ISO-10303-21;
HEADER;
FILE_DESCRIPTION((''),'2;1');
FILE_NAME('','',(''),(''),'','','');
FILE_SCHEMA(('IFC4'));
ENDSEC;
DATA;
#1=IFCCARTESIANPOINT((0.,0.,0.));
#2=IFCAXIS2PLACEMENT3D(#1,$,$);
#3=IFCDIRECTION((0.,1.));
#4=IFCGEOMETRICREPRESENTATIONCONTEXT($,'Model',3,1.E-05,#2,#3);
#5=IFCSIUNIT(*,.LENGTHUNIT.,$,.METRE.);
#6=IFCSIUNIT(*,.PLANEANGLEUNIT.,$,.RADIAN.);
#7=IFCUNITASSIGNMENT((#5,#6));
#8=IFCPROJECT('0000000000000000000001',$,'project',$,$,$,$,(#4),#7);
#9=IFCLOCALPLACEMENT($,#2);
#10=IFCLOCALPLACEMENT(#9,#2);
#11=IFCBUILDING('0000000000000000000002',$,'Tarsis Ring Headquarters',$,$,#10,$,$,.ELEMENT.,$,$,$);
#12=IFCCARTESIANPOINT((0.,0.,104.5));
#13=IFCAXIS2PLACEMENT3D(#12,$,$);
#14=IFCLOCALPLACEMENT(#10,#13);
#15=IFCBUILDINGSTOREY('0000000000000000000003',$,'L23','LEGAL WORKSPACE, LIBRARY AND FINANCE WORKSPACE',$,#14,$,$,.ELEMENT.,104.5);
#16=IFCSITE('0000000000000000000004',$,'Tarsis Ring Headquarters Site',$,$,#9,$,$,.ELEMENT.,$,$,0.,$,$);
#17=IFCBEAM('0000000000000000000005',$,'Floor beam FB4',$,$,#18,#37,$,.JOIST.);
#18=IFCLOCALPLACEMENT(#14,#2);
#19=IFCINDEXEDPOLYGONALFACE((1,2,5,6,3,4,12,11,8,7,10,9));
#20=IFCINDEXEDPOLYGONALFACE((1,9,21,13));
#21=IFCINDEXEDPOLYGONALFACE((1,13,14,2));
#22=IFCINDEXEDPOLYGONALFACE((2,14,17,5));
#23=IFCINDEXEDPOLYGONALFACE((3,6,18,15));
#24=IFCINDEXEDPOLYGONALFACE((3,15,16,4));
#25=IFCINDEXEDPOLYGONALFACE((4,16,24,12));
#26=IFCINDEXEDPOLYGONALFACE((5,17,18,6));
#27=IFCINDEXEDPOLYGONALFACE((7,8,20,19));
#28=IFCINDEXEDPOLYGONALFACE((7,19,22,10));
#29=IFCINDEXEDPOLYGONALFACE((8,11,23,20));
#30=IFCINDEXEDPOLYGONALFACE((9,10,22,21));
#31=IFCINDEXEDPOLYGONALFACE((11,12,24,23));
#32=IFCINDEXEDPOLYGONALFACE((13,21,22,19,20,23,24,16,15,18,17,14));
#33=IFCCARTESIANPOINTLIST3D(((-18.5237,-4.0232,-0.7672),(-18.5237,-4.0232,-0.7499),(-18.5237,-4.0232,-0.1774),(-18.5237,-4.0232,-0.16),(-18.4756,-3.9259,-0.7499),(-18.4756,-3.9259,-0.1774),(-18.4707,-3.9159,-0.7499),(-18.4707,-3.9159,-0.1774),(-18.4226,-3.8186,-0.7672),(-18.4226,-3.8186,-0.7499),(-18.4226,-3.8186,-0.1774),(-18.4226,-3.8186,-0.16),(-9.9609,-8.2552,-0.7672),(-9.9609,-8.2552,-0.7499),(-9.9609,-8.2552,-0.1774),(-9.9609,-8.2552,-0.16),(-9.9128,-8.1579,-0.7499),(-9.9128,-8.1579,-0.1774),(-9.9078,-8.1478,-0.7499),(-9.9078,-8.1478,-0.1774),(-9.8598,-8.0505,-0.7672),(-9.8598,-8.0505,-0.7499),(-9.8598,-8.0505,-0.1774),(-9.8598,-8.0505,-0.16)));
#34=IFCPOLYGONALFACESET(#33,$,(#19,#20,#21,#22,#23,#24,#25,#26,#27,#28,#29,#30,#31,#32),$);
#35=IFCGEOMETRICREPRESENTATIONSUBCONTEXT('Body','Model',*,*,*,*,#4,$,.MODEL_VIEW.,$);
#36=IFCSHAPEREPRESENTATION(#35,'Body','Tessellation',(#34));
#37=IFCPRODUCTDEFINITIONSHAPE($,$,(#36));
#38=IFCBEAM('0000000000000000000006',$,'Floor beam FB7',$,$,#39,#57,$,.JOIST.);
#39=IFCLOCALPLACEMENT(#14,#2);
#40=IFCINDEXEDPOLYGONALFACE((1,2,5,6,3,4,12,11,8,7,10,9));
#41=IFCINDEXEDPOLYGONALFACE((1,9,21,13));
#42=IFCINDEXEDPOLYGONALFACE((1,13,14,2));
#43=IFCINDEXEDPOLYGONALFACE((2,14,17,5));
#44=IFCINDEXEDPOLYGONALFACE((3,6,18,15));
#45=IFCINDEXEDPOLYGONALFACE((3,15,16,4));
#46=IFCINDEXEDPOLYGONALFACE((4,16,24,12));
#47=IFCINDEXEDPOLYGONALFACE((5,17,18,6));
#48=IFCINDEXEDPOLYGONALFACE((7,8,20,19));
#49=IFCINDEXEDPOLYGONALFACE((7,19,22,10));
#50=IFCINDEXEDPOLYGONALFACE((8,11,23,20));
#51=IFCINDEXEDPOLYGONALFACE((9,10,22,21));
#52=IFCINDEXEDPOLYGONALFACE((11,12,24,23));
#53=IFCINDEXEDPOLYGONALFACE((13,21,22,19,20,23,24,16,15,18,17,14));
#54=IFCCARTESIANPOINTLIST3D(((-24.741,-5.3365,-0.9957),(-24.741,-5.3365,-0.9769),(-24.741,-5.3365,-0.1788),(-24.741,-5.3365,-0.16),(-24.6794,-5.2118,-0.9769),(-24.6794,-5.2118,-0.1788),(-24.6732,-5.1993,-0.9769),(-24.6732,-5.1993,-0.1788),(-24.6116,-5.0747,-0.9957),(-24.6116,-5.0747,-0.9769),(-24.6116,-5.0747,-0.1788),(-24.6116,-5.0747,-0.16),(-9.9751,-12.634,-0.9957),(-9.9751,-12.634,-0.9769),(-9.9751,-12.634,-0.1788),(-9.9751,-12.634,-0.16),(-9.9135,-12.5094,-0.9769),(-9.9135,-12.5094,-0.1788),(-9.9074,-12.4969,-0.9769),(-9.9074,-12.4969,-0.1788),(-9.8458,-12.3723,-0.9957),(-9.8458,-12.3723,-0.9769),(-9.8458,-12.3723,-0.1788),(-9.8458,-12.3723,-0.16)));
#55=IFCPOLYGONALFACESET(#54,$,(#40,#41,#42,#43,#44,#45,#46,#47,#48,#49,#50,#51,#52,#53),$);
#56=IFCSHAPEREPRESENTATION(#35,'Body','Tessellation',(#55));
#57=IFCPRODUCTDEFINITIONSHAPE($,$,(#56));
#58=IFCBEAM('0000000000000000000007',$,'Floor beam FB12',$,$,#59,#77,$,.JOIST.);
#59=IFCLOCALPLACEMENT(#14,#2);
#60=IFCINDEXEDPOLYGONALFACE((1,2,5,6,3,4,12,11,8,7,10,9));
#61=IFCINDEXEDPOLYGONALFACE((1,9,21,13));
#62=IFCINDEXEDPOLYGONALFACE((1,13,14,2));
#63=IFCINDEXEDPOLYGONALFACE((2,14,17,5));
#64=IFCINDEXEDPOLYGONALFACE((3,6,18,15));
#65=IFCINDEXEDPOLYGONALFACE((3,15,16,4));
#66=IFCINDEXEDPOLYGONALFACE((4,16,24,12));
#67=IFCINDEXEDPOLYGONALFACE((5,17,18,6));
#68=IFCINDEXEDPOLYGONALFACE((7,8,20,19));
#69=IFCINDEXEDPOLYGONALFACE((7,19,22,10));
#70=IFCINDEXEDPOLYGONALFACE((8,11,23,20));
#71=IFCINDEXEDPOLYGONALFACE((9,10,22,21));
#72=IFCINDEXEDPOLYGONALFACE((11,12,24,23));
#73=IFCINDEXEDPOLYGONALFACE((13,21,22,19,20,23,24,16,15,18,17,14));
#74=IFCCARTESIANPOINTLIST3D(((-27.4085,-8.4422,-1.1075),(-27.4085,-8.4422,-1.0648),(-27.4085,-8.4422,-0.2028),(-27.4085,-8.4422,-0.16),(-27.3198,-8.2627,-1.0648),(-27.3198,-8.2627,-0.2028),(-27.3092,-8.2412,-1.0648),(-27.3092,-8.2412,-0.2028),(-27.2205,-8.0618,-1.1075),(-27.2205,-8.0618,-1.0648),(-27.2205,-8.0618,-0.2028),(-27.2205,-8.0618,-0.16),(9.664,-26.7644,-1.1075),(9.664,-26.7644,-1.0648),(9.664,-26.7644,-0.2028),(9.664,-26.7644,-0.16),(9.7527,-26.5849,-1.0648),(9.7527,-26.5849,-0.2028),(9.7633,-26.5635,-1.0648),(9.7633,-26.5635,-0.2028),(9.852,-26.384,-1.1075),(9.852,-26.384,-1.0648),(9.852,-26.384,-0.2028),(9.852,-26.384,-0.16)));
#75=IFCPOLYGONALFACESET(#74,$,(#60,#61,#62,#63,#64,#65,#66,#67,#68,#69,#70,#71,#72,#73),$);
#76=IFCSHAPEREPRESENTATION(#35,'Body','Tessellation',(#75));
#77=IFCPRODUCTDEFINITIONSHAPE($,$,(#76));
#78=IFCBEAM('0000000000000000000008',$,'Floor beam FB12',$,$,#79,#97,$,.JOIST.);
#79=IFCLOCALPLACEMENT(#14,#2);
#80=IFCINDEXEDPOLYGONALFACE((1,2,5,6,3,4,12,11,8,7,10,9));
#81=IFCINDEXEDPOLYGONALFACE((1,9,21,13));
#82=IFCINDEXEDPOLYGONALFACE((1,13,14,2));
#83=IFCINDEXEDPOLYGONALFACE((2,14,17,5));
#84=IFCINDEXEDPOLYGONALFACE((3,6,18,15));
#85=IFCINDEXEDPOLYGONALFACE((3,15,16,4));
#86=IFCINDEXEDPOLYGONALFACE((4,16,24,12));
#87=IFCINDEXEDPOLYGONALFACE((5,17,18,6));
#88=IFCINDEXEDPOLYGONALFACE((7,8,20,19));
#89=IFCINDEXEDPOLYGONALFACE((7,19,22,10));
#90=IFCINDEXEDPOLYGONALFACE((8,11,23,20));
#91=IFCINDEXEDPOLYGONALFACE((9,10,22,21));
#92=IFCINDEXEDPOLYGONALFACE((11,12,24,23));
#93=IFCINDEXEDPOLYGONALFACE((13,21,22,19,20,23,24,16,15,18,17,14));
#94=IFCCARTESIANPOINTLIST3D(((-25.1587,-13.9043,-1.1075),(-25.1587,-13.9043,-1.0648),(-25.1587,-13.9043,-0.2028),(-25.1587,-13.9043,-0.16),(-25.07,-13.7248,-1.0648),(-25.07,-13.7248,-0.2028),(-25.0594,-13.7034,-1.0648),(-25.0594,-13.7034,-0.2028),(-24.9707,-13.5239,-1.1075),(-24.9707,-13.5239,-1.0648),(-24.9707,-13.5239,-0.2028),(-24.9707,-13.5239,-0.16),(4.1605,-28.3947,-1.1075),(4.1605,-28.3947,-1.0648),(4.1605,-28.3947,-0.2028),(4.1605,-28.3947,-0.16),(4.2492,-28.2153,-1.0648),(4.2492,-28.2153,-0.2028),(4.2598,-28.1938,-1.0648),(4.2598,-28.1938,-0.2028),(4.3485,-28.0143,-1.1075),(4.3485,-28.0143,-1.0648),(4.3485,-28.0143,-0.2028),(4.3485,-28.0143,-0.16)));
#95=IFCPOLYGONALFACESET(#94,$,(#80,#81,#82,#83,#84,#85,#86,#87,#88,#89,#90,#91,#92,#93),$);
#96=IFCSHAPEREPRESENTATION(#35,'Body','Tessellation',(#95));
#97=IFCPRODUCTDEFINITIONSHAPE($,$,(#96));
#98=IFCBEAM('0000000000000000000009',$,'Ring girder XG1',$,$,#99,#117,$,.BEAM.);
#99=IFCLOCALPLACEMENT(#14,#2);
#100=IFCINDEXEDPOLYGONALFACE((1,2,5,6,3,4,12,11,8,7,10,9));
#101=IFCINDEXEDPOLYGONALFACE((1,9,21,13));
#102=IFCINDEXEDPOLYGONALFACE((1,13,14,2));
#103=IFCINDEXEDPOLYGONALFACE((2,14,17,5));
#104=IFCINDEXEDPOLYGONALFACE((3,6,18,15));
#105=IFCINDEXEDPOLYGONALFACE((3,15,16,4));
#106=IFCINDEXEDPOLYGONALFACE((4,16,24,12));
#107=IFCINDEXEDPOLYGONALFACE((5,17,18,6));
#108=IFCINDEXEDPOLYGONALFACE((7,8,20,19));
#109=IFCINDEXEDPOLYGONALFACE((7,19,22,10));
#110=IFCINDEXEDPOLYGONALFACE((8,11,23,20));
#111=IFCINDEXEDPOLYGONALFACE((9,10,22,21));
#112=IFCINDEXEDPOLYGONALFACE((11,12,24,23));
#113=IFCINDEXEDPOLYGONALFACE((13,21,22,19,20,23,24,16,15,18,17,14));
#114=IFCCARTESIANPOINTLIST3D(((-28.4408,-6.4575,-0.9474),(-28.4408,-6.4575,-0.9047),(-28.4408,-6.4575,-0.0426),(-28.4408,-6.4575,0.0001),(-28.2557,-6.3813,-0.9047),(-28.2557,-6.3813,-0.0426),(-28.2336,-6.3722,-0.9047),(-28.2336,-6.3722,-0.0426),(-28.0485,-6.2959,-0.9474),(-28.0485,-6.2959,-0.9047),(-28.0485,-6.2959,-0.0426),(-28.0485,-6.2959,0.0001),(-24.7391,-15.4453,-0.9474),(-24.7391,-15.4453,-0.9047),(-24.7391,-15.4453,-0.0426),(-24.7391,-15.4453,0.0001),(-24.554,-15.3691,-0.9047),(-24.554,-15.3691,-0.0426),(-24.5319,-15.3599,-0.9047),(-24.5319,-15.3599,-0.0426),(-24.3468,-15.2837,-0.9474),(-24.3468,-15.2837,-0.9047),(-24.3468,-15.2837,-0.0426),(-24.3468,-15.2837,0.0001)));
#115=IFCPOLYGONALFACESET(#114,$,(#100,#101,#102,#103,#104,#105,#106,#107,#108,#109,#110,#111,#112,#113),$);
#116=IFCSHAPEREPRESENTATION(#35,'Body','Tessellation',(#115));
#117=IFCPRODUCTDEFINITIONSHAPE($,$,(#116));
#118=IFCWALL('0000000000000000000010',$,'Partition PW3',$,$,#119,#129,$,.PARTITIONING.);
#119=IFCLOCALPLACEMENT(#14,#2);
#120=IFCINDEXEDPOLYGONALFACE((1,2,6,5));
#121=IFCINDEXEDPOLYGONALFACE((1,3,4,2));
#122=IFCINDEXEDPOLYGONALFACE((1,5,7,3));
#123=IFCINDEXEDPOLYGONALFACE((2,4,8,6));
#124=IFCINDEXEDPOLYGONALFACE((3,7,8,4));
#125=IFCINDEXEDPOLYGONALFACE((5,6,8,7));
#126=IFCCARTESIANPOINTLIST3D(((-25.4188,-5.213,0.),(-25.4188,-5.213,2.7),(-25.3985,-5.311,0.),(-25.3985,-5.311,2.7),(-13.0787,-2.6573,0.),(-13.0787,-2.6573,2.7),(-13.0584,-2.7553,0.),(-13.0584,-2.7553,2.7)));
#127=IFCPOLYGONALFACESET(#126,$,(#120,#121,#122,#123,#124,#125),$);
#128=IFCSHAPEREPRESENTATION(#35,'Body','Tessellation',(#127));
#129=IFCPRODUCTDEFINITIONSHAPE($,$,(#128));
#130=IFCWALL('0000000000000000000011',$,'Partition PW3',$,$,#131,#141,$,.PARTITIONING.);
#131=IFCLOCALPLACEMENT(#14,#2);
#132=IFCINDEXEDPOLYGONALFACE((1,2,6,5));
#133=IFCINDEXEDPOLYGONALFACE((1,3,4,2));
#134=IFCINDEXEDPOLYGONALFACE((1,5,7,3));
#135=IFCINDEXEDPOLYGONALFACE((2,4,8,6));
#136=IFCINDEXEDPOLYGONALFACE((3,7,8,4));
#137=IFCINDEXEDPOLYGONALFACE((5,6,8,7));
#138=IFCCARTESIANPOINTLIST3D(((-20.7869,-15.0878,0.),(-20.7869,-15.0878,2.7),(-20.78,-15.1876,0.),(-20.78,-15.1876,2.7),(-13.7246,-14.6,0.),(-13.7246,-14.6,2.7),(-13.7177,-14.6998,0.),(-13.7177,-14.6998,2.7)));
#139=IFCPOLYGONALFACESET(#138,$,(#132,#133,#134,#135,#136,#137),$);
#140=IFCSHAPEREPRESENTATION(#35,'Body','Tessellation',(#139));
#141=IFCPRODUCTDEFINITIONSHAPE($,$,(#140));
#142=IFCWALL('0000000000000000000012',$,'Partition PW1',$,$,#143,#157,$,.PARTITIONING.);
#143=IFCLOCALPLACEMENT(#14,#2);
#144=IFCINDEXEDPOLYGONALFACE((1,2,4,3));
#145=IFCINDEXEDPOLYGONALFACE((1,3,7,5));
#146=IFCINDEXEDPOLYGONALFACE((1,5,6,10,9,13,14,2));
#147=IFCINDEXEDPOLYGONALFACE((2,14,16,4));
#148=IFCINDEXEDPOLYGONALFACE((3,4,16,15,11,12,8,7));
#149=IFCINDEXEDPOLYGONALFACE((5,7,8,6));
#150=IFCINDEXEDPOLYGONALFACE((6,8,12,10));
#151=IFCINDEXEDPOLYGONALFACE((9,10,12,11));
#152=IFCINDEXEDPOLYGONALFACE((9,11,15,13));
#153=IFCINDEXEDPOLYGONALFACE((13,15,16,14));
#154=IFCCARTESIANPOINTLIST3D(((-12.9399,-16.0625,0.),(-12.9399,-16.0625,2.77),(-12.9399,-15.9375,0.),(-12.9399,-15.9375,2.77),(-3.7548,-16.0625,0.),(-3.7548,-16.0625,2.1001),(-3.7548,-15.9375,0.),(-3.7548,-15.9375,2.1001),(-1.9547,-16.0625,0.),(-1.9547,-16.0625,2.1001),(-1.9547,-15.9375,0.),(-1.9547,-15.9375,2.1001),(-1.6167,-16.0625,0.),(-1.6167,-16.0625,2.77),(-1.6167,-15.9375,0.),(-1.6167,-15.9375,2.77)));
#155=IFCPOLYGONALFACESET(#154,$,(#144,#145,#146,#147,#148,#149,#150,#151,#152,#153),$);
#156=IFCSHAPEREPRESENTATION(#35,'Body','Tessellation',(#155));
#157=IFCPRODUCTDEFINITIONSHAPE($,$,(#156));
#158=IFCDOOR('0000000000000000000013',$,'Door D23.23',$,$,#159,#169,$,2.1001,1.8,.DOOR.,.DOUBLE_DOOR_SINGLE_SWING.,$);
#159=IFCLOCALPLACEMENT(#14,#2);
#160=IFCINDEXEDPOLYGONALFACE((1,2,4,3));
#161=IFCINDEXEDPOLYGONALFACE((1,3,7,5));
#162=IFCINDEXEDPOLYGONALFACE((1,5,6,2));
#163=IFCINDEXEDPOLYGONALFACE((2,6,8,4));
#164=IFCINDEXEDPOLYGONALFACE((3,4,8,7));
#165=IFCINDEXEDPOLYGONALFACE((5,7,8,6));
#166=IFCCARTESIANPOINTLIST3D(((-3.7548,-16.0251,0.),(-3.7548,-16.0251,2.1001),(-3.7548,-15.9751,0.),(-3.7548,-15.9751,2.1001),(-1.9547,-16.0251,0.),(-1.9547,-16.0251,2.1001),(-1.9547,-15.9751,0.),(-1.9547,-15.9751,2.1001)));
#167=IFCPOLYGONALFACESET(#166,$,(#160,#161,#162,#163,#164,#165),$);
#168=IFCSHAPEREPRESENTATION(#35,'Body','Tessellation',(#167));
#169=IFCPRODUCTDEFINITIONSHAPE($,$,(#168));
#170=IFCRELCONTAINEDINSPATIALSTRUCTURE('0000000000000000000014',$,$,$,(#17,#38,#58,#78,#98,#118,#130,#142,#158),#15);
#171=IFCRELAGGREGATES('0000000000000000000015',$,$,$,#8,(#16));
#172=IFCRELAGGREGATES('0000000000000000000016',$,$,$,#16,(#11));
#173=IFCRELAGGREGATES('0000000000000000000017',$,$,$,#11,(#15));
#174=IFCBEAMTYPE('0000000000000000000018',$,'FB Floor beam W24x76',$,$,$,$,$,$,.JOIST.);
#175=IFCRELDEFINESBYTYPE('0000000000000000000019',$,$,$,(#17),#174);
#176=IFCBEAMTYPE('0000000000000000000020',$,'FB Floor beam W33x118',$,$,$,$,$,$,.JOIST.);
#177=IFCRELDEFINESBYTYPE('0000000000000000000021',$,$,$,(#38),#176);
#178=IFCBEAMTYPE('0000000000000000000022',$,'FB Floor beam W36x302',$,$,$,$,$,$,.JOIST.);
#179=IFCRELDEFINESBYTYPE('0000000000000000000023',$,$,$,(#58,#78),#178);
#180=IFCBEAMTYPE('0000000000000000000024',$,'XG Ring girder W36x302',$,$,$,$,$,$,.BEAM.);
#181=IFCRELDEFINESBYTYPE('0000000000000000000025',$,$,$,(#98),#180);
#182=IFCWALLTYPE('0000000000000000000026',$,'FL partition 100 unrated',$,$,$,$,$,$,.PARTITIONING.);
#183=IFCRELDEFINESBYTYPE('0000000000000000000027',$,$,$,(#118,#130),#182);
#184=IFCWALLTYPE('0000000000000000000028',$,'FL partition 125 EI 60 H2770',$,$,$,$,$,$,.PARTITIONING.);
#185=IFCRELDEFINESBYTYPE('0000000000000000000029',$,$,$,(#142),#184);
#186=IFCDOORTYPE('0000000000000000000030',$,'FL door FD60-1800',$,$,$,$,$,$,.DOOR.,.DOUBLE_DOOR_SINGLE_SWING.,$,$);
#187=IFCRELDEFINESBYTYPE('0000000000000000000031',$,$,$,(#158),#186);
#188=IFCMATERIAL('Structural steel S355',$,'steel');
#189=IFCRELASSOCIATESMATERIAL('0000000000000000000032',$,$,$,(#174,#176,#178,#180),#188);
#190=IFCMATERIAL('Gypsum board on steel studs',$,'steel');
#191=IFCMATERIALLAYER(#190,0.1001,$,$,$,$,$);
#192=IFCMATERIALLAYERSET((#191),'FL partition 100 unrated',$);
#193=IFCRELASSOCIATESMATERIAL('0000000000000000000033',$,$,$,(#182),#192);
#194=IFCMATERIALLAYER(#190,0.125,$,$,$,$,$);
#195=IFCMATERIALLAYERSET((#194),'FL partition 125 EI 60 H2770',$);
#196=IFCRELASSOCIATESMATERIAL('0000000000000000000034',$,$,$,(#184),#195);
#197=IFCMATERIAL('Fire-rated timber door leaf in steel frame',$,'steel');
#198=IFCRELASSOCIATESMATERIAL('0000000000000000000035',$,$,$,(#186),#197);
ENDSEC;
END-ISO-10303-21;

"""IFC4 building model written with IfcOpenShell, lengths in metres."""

from ifc_helpers import new_model, si_unit, direction, frame, frame_2d, origin, origin_2d, place, context, subcontext, project, spatial, rectangle, i_section, extrude, material, layer, layer_set, material_profile, profile_set, type_object, element, fill, save


model = new_model("IFC4")

# Units and contexts
model_context = context("Model", 3, precision=1e-05, world=origin(), true_north=direction((0.0, 1.0)))
body_context = subcontext(model_context, "Body", "Model", "MODEL_VIEW")
ifc_project = project(units=[si_unit("LENGTHUNIT", "METRE"), si_unit("PLANEANGLEUNIT", "RADIAN")], contexts=[model_context])

# Site, building, storey
site_placement = place(None, origin())
site = spatial("IfcSite", under=ifc_project, at=site_placement, Name="Tarsis Ring Headquarters Site", CompositionType="ELEMENT", RefElevation=0.0)
building_placement = place(site_placement, origin())
building = spatial("IfcBuilding", under=site, at=building_placement, Name="Tarsis Ring Headquarters", CompositionType="ELEMENT")
storey_placement = place(building_placement, frame((0.0, 0.0, 104.5)))
storey = spatial("IfcBuildingStorey", under=building, at=storey_placement, Name="L23", Description="LEGAL WORKSPACE, LIBRARY AND FINANCE WORKSPACE", CompositionType="ELEMENT", Elevation=104.5)

# Shared definitions
ifc_material_1 = material(Name="Structural steel S355", Category="steel")

# Beams
ifc_material_profile_1 = material_profile(ifc_material_1, i_section(OverallWidth=0.2283, OverallDepth=0.6072, WebThickness=0.0112, FlangeThickness=0.0173, at=origin_2d()), Name="W24x76")
ifc_profile_set_1 = profile_set([ifc_material_profile_1], Name="Structural steel S355")
beam_type_1 = type_object("IfcBeamType", Name="FB Floor beam W24x76", PredefinedType="JOIST", material=ifc_profile_set_1)
beam_1_placement = place(storey_placement, frame((-18.4731, -3.9209, -0.4636), z_axis=(0.896488, -0.443068, 0.0), x_axis=(0.443068, 0.896488, 0.0)))
element("IfcBeam", 1, at=beam_1_placement, inside=storey, type_object=beam_type_1, Name="Floor beam FB4", PredefinedType="JOIST", context=body_context, shape_type="SweptSolid", body=[
    extrude(i_section(OverallWidth=0.2283, OverallDepth=0.6072, WebThickness=0.0112, FlangeThickness=0.0173, at=origin_2d()), origin(), (0.0, 0.0, 1.0), 9.5515),
])
ifc_material_profile_2 = material_profile(ifc_material_1, i_section(OverallWidth=0.292, OverallDepth=0.8357, WebThickness=0.0139, FlangeThickness=0.0188, at=origin_2d()), Name="W33x118")
ifc_profile_set_2 = profile_set([ifc_material_profile_2], Name="Structural steel S355")
beam_type_2 = type_object("IfcBeamType", Name="FB Floor beam W33x118", PredefinedType="JOIST", material=ifc_profile_set_2)
beam_2_placement = place(storey_placement, frame((-24.6763, -5.2056, -0.5779), z_axis=(0.89649, -0.443064, 0.0), x_axis=(0.443064, 0.89649, 0.0)))
element("IfcBeam", 2, at=beam_2_placement, inside=storey, type_object=beam_type_2, Name="Floor beam FB7", PredefinedType="JOIST", context=body_context, shape_type="SweptSolid", body=[
    extrude(i_section(OverallWidth=0.292, OverallDepth=0.8357, WebThickness=0.0139, FlangeThickness=0.0188, at=origin_2d()), origin(), (0.0, 0.0, 1.0), 16.4707),
])
ifc_material_profile_3 = material_profile(ifc_material_1, i_section(OverallWidth=0.4243, OverallDepth=0.9475, WebThickness=0.0239, FlangeThickness=0.0427, at=origin_2d()), Name="W36x302")
ifc_profile_set_3 = profile_set([ifc_material_profile_3], Name="Structural steel S355")
beam_type_3 = type_object("IfcBeamType", Name="FB Floor beam W36x302", PredefinedType="JOIST", material=ifc_profile_set_3)
beam_3_placement = place(storey_placement, frame((-27.3145, -8.252, -0.6338), z_axis=(0.896487, -0.443069, 0.0), x_axis=(0.443069, 0.896487, 0.0)))
element("IfcBeam", 3, at=beam_3_placement, inside=storey, type_object=beam_type_3, Name="Floor beam FB12", PredefinedType="JOIST", context=body_context, shape_type="SweptSolid", body=[
    extrude(i_section(OverallWidth=0.4243, OverallDepth=0.9475, WebThickness=0.0239, FlangeThickness=0.0427, at=origin_2d()), origin(), (0.0, 0.0, 1.0), 41.353),
])
beam_4_placement = place(storey_placement, frame((-25.0647, -13.7141, -0.6338), z_axis=(0.896487, -0.44307, 0.0), x_axis=(0.44307, 0.896487, 0.0)))
element("IfcBeam", 4, at=beam_4_placement, inside=storey, type_object=beam_type_3, Name="Floor beam FB12", PredefinedType="JOIST", context=body_context, shape_type="SweptSolid", body=[
    extrude(i_section(OverallWidth=0.4243, OverallDepth=0.9475, WebThickness=0.0239, FlangeThickness=0.0427, at=origin_2d()), origin(), (0.0, 0.0, 1.0), 32.7046),
])
beam_type_4 = type_object("IfcBeamType", Name="XG Ring girder W36x302", PredefinedType="BEAM", material=ifc_profile_set_3)
beam_5_placement = place(storey_placement, frame((-28.2446, -6.3767, -0.4736), z_axis=(0.380821, -0.924649, 0.0), x_axis=(0.924649, 0.380821, 0.0)))
element("IfcBeam", 5, at=beam_5_placement, inside=storey, type_object=beam_type_4, Name="Ring girder XG1", PredefinedType="BEAM", context=body_context, shape_type="SweptSolid", body=[
    extrude(i_section(OverallWidth=0.4243, OverallDepth=0.9475, WebThickness=0.0239, FlangeThickness=0.0427, at=origin_2d()), origin(), (0.0, 0.0, 1.0), 9.7202),
])

# Walls
ifc_material_2 = material(Name="Gypsum board on steel studs", Category="steel")
ifc_layer_1 = layer(ifc_material_2, 0.1001)
ifc_layer_set_1 = layer_set([ifc_layer_1], Name="FL partition 100 unrated")
wall_type_1 = type_object("IfcWallType", Name="FL partition 100 unrated", PredefinedType="PARTITIONING", material=ifc_layer_set_1)
wall_1_placement = place(storey_placement, frame((-25.4087, -5.262, 0.0), z_axis=(0.0, 0.0, 1.0), x_axis=(0.97922, 0.202799, 0.0)))
element("IfcWall", 6, at=wall_1_placement, inside=storey, type_object=wall_type_1, Name="Partition PW3", PredefinedType="PARTITIONING", context=body_context, shape_type="SweptSolid", body=[
    extrude(rectangle(XDim=12.6021, YDim=0.1001, at=frame_2d((6.301, 0.0))), origin(), (0.0, 0.0, 1.0), 2.7),
])
wall_2_placement = place(storey_placement, frame((-20.7834, -15.1377, 0.0), z_axis=(0.0, 0.0, 1.0), x_axis=(0.997623, 0.068906, 0.0)))
element("IfcWall", 7, at=wall_2_placement, inside=storey, type_object=wall_type_1, Name="Partition PW3", PredefinedType="PARTITIONING", context=body_context, shape_type="SweptSolid", body=[
    extrude(rectangle(XDim=7.0791, YDim=0.1001, at=frame_2d((3.5396, 0.0))), origin(), (0.0, 0.0, 1.0), 2.7),
])

# Wall, opening, door
ifc_layer_2 = layer(ifc_material_2, 0.125)
ifc_layer_set_2 = layer_set([ifc_layer_2], Name="FL partition 125 EI 60 H2770")
wall_type_2 = type_object("IfcWallType", Name="FL partition 125 EI 60 H2770", PredefinedType="PARTITIONING", material=ifc_layer_set_2)
wall_3_placement = place(storey_placement, frame((-12.9399, -16.0, 0.0), z_axis=(0.0, 0.0, 1.0), x_axis=(1.0, 0.0, 0.0)))
wall_3 = element("IfcWall", 8, at=wall_3_placement, inside=storey, type_object=wall_type_2, Name="Partition PW1", PredefinedType="PARTITIONING", context=body_context, shape_type="SweptSolid", body=[
    extrude(rectangle(XDim=11.3232, YDim=0.125, at=frame_2d((5.6616, 0.0))), origin(), (0.0, 0.0, 1.0), 2.77),
])
opening_1_placement = place(wall_3_placement, frame((9.1853, 0.0, 0.0)))
opening_1 = element("IfcOpeningElement", 9, at=opening_1_placement, cuts=wall_3, PredefinedType="OPENING", context=body_context, shape_type="SweptSolid", body=[
    extrude(rectangle(XDim=1.8, YDim=2.1001, at=frame_2d((0.8999, 1.05))), frame((0.0, 0.0725, 0.0), z_axis=(0.0, -1.0, 0.0), x_axis=(1.0, 0.0, 0.0)), (0.0, 0.0, 1.0), 0.145),
])
ifc_material_3 = material(Name="Fire-rated timber door leaf in steel frame", Category="steel")
door_type = type_object("IfcDoorType", Name="FL door FD60-1800", OperationType="DOUBLE_DOOR_SINGLE_SWING", PredefinedType="DOOR", material=ifc_material_3)
door_placement = place(opening_1_placement, origin())
door = element("IfcDoor", 10, at=door_placement, inside=storey, type_object=door_type, Name="Door D23.23", OperationType="DOUBLE_DOOR_SINGLE_SWING", OverallHeight=2.1001, OverallWidth=1.8, PredefinedType="DOOR", context=body_context, shape_type="SweptSolid", body=[
    extrude(rectangle(XDim=1.8, YDim=2.1001, at=frame_2d((0.8999, 1.05))), frame((0.0, 0.0249, 0.0), z_axis=(0.0, -1.0, 0.0), x_axis=(1.0, 0.0, 0.0)), (0.0, 0.0, 1.0), 0.05),
])
fill(opening_1, door)

save(model, "model.ifc")
